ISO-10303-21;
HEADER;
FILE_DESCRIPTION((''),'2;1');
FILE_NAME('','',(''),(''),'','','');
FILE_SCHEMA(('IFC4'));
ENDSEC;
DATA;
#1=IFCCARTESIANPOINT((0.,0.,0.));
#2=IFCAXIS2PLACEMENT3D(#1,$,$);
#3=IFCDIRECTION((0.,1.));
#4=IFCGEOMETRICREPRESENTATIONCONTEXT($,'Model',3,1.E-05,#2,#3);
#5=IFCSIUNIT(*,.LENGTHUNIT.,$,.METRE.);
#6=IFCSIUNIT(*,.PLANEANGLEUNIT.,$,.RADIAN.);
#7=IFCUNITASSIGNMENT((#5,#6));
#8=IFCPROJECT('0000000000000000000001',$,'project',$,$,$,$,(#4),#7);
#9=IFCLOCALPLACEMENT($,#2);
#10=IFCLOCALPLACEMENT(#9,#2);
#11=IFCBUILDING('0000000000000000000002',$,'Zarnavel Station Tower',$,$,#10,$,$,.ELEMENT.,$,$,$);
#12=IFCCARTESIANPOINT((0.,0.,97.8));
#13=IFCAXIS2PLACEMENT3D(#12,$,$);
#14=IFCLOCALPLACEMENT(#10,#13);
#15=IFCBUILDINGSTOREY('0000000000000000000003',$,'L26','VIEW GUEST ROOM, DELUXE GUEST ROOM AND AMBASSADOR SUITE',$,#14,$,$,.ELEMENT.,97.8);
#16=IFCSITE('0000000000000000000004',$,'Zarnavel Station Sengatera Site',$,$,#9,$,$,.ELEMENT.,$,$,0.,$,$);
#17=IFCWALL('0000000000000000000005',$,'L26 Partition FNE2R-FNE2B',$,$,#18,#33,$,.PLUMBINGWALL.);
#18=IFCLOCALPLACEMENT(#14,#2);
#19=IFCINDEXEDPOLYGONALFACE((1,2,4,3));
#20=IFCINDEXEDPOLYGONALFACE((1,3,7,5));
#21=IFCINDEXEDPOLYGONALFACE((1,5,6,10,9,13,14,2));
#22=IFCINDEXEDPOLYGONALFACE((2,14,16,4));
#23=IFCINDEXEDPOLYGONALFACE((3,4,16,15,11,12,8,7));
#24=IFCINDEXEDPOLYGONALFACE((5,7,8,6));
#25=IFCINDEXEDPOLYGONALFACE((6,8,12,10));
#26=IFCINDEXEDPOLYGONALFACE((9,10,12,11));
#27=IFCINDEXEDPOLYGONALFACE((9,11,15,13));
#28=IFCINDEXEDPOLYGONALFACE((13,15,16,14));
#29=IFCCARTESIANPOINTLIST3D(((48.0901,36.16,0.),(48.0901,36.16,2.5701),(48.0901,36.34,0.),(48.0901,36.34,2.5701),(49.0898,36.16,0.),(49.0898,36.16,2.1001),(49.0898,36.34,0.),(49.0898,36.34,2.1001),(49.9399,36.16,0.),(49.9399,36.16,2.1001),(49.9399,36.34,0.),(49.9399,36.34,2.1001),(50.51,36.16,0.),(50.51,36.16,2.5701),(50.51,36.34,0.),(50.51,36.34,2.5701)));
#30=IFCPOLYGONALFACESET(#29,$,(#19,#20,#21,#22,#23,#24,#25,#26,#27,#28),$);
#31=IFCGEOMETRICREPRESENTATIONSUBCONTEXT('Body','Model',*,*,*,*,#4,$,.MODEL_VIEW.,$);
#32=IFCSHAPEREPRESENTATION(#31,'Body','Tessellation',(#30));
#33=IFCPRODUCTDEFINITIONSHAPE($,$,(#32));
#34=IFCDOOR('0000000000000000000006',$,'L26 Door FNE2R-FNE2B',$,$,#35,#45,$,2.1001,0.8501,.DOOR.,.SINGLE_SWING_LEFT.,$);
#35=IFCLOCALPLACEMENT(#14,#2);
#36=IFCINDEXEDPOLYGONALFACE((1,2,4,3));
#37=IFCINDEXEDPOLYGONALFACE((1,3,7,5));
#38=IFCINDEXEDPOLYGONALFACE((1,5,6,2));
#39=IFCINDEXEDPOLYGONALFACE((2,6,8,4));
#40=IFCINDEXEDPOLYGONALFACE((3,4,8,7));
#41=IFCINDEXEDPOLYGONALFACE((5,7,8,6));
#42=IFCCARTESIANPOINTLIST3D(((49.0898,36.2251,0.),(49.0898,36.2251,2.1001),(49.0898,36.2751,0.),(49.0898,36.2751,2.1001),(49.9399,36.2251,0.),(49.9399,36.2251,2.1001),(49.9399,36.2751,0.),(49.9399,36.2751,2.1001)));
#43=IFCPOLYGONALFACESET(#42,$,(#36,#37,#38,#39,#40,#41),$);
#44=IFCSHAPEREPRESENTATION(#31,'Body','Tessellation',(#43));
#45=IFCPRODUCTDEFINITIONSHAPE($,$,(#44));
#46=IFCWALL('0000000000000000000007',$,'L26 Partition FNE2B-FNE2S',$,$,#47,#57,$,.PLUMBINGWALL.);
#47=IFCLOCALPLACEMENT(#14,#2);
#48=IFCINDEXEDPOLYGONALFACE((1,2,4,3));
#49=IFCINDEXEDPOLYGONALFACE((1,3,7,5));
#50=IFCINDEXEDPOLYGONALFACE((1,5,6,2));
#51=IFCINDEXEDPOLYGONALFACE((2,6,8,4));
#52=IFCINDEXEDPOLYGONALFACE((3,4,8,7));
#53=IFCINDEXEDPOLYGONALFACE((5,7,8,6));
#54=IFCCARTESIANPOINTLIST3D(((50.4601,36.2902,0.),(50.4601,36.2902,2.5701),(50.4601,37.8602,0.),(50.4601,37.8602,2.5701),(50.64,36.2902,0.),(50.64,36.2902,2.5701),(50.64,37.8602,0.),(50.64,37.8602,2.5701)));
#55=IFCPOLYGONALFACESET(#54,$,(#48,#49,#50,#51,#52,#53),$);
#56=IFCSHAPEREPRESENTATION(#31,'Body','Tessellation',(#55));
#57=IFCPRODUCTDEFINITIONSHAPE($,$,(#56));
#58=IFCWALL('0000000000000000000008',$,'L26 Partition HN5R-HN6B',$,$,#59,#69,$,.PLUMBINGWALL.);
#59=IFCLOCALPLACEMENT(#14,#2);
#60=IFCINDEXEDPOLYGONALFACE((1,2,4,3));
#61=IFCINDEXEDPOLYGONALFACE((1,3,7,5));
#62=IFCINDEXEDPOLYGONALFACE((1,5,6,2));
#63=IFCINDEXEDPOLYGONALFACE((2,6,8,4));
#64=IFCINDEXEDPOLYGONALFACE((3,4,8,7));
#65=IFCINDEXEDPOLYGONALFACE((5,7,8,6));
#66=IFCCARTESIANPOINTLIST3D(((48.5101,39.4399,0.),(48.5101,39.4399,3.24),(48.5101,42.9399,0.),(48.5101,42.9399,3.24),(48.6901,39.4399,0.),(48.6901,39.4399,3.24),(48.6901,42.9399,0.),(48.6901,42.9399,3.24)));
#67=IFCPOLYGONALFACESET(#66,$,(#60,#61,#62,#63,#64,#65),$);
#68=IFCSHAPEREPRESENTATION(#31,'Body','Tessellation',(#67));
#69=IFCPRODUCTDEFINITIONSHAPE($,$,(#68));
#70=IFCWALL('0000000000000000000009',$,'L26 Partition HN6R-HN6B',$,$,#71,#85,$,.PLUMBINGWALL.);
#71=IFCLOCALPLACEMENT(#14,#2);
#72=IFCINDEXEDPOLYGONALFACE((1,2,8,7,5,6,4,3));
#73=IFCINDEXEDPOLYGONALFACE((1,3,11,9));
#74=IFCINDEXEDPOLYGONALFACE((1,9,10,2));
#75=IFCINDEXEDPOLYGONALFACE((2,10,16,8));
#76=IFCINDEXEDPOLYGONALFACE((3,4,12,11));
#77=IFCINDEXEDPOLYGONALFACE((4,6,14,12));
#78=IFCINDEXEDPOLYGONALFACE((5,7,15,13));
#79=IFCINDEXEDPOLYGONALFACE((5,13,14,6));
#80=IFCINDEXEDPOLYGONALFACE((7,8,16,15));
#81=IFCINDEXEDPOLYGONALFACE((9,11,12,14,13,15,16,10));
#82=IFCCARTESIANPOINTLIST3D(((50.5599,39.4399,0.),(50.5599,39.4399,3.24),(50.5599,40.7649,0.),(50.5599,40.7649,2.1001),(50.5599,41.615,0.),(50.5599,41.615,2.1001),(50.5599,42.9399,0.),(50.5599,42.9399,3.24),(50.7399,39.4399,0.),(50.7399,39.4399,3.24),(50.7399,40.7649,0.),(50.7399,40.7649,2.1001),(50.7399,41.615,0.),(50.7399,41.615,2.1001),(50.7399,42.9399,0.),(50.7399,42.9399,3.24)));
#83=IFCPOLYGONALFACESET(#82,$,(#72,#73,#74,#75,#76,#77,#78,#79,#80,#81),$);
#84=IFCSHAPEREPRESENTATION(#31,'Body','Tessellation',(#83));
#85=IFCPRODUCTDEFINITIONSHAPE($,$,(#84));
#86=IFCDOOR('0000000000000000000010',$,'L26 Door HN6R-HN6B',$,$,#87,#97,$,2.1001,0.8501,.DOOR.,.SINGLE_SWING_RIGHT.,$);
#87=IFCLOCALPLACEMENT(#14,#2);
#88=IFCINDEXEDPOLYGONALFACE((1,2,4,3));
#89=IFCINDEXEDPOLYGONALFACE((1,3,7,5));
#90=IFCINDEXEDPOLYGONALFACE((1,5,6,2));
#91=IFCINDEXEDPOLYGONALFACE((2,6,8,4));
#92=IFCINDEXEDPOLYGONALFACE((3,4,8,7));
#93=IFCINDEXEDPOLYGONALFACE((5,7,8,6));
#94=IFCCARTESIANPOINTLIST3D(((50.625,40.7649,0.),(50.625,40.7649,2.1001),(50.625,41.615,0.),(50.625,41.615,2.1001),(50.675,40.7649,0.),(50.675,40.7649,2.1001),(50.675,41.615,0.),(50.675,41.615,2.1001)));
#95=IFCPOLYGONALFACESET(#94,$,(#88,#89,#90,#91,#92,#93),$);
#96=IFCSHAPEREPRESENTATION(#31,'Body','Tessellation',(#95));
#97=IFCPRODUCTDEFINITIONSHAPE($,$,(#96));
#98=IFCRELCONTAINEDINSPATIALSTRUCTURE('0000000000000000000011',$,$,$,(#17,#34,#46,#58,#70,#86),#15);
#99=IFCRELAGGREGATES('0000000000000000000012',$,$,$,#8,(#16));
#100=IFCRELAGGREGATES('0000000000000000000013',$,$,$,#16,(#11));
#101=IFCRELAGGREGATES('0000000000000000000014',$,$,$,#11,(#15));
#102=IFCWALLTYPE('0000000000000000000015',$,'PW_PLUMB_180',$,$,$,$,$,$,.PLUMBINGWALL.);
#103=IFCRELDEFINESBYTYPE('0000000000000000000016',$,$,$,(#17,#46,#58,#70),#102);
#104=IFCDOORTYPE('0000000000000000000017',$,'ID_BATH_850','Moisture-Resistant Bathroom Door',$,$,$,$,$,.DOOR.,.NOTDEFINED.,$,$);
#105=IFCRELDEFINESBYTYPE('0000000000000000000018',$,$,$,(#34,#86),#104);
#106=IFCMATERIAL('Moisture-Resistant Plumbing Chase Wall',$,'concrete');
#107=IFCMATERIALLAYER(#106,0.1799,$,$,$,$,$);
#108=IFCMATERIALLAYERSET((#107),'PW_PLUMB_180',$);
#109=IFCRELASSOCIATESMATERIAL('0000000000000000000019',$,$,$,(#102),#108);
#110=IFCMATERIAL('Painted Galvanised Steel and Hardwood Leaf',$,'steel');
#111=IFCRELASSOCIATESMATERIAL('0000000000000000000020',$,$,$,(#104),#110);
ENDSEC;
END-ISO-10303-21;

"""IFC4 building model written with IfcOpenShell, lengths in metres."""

from ifc_helpers import new_model, si_unit, direction, frame, frame_2d, origin, place, context, subcontext, project, spatial, rectangle, extrude, material, layer, layer_set, type_object, element, fill, save


model = new_model("IFC4")

# Units and contexts
model_context = context("Model", 3, precision=1e-05, world=origin(), true_north=direction((0.0, 1.0)))
body_context = subcontext(model_context, "Body", "Model", "MODEL_VIEW")
ifc_project = project(units=[si_unit("LENGTHUNIT", "METRE"), si_unit("PLANEANGLEUNIT", "RADIAN")], contexts=[model_context])

# Site, building, storey
site_placement = place(None, origin())
site = spatial("IfcSite", under=ifc_project, at=site_placement, Name="Zarnavel Station Sengatera Site", CompositionType="ELEMENT", RefElevation=0.0)
building_placement = place(site_placement, origin())
building = spatial("IfcBuilding", under=site, at=building_placement, Name="Zarnavel Station Tower", CompositionType="ELEMENT")
storey_placement = place(building_placement, frame((0.0, 0.0, 97.8)))
storey = spatial("IfcBuildingStorey", under=building, at=storey_placement, Name="L26", Description="VIEW GUEST ROOM, DELUXE GUEST ROOM AND AMBASSADOR SUITE", CompositionType="ELEMENT", Elevation=97.8)

# Shared definitions
ifc_material_1 = material(Name="Moisture-Resistant Plumbing Chase Wall", Category="concrete")
ifc_layer_1 = layer(ifc_material_1, 0.1799)
ifc_layer_set_1 = layer_set([ifc_layer_1], Name="PW_PLUMB_180")
wall_type_1 = type_object("IfcWallType", Name="PW_PLUMB_180", PredefinedType="PLUMBINGWALL", material=ifc_layer_set_1)

# Wall, opening, door
wall_1_placement = place(storey_placement, frame((50.51, 36.25, 0.0), z_axis=(0.0, 0.0, 1.0), x_axis=(-1.0, 0.0, 0.0)))
wall_1 = element("IfcWall", 1, at=wall_1_placement, inside=storey, type_object=wall_type_1, Name="L26 Partition FNE2R-FNE2B", PredefinedType="PLUMBINGWALL", context=body_context, shape_type="SweptSolid", body=[
    extrude(rectangle(XDim=2.4199, YDim=0.1799, at=frame_2d((1.21, 0.0))), origin(), (0.0, 0.0, 1.0), 2.5701),
])
opening_1_placement = place(wall_1_placement, frame((0.5701, 0.0, 0.0)))
opening_1 = element("IfcOpeningElement", 2, at=opening_1_placement, cuts=wall_1, PredefinedType="OPENING", context=body_context, shape_type="SweptSolid", body=[
    extrude(rectangle(XDim=0.8501, YDim=2.1001, at=frame_2d((0.425, 1.05))), frame((0.0, 0.0999, 0.0), z_axis=(0.0, -1.0, 0.0), x_axis=(1.0, 0.0, 0.0)), (0.0, 0.0, 1.0), 0.2),
])
ifc_material_2 = material(Name="Painted Galvanised Steel and Hardwood Leaf", Category="steel")
door_type_1 = type_object("IfcDoorType", Name="ID_BATH_850", Description="Moisture-Resistant Bathroom Door", OperationType="NOTDEFINED", PredefinedType="DOOR", material=ifc_material_2)
door_1_placement = place(opening_1_placement, origin())
door_1 = element("IfcDoor", 3, at=door_1_placement, inside=storey, type_object=door_type_1, Name="L26 Door FNE2R-FNE2B", OperationType="SINGLE_SWING_LEFT", OverallHeight=2.1001, OverallWidth=0.8501, PredefinedType="DOOR", context=body_context, shape_type="SweptSolid", body=[
    extrude(rectangle(XDim=0.8501, YDim=2.1001, at=frame_2d((0.425, 1.05))), frame((0.0, 0.0249, 0.0), z_axis=(0.0, -1.0, 0.0), x_axis=(1.0, 0.0, 0.0)), (0.0, 0.0, 1.0), 0.05),
])
fill(opening_1, door_1)

# Walls
wall_2_placement = place(storey_placement, frame((50.55, 36.29, 0.0), z_axis=(0.0, 0.0, 1.0), x_axis=(0.0, 1.0, 0.0)))
element("IfcWall", 4, at=wall_2_placement, inside=storey, type_object=wall_type_1, Name="L26 Partition FNE2B-FNE2S", PredefinedType="PLUMBINGWALL", context=body_context, shape_type="SweptSolid", body=[
    extrude(rectangle(XDim=1.5701, YDim=0.1799, at=frame_2d((0.7852, 0.0))), origin(), (0.0, 0.0, 1.0), 2.5701),
])
wall_3_placement = place(storey_placement, frame((48.6001, 39.4399, 0.0), z_axis=(0.0, 0.0, 1.0), x_axis=(0.0, 1.0, 0.0)))
element("IfcWall", 5, at=wall_3_placement, inside=storey, type_object=wall_type_1, Name="L26 Partition HN5R-HN6B", PredefinedType="PLUMBINGWALL", context=body_context, shape_type="SweptSolid", body=[
    extrude(rectangle(XDim=3.5, YDim=0.1799, at=frame_2d((1.75, 0.0))), origin(), (0.0, 0.0, 1.0), 3.24),
])

# Wall, opening, door
wall_4_placement = place(storey_placement, frame((50.6499, 39.4399, 0.0), z_axis=(0.0, 0.0, 1.0), x_axis=(0.0, 1.0, 0.0)))
wall_4 = element("IfcWall", 6, at=wall_4_placement, inside=storey, type_object=wall_type_1, Name="L26 Partition HN6R-HN6B", PredefinedType="PLUMBINGWALL", context=body_context, shape_type="SweptSolid", body=[
    extrude(rectangle(XDim=3.5, YDim=0.1799, at=frame_2d((1.75, 0.0))), origin(), (0.0, 0.0, 1.0), 3.24),
])
opening_2_placement = place(wall_4_placement, frame((1.325, 0.0, 0.0)))
opening_2 = element("IfcOpeningElement", 7, at=opening_2_placement, cuts=wall_4, PredefinedType="OPENING", context=body_context, shape_type="SweptSolid", body=[
    extrude(rectangle(XDim=0.8501, YDim=2.1001, at=frame_2d((0.425, 1.05))), frame((0.0, 0.0999, 0.0), z_axis=(0.0, -1.0, 0.0), x_axis=(1.0, 0.0, 0.0)), (0.0, 0.0, 1.0), 0.2),
])
door_2_placement = place(opening_2_placement, origin())
door_2 = element("IfcDoor", 8, at=door_2_placement, inside=storey, type_object=door_type_1, Name="L26 Door HN6R-HN6B", OperationType="SINGLE_SWING_RIGHT", OverallHeight=2.1001, OverallWidth=0.8501, PredefinedType="DOOR", context=body_context, shape_type="SweptSolid", body=[
    extrude(rectangle(XDim=0.8501, YDim=2.1001, at=frame_2d((0.425, 1.05))), frame((0.0, 0.0249, 0.0), z_axis=(0.0, -1.0, 0.0), x_axis=(1.0, 0.0, 0.0)), (0.0, 0.0, 1.0), 0.05),
])
fill(opening_2, door_2)

save(model, "model.ifc")
